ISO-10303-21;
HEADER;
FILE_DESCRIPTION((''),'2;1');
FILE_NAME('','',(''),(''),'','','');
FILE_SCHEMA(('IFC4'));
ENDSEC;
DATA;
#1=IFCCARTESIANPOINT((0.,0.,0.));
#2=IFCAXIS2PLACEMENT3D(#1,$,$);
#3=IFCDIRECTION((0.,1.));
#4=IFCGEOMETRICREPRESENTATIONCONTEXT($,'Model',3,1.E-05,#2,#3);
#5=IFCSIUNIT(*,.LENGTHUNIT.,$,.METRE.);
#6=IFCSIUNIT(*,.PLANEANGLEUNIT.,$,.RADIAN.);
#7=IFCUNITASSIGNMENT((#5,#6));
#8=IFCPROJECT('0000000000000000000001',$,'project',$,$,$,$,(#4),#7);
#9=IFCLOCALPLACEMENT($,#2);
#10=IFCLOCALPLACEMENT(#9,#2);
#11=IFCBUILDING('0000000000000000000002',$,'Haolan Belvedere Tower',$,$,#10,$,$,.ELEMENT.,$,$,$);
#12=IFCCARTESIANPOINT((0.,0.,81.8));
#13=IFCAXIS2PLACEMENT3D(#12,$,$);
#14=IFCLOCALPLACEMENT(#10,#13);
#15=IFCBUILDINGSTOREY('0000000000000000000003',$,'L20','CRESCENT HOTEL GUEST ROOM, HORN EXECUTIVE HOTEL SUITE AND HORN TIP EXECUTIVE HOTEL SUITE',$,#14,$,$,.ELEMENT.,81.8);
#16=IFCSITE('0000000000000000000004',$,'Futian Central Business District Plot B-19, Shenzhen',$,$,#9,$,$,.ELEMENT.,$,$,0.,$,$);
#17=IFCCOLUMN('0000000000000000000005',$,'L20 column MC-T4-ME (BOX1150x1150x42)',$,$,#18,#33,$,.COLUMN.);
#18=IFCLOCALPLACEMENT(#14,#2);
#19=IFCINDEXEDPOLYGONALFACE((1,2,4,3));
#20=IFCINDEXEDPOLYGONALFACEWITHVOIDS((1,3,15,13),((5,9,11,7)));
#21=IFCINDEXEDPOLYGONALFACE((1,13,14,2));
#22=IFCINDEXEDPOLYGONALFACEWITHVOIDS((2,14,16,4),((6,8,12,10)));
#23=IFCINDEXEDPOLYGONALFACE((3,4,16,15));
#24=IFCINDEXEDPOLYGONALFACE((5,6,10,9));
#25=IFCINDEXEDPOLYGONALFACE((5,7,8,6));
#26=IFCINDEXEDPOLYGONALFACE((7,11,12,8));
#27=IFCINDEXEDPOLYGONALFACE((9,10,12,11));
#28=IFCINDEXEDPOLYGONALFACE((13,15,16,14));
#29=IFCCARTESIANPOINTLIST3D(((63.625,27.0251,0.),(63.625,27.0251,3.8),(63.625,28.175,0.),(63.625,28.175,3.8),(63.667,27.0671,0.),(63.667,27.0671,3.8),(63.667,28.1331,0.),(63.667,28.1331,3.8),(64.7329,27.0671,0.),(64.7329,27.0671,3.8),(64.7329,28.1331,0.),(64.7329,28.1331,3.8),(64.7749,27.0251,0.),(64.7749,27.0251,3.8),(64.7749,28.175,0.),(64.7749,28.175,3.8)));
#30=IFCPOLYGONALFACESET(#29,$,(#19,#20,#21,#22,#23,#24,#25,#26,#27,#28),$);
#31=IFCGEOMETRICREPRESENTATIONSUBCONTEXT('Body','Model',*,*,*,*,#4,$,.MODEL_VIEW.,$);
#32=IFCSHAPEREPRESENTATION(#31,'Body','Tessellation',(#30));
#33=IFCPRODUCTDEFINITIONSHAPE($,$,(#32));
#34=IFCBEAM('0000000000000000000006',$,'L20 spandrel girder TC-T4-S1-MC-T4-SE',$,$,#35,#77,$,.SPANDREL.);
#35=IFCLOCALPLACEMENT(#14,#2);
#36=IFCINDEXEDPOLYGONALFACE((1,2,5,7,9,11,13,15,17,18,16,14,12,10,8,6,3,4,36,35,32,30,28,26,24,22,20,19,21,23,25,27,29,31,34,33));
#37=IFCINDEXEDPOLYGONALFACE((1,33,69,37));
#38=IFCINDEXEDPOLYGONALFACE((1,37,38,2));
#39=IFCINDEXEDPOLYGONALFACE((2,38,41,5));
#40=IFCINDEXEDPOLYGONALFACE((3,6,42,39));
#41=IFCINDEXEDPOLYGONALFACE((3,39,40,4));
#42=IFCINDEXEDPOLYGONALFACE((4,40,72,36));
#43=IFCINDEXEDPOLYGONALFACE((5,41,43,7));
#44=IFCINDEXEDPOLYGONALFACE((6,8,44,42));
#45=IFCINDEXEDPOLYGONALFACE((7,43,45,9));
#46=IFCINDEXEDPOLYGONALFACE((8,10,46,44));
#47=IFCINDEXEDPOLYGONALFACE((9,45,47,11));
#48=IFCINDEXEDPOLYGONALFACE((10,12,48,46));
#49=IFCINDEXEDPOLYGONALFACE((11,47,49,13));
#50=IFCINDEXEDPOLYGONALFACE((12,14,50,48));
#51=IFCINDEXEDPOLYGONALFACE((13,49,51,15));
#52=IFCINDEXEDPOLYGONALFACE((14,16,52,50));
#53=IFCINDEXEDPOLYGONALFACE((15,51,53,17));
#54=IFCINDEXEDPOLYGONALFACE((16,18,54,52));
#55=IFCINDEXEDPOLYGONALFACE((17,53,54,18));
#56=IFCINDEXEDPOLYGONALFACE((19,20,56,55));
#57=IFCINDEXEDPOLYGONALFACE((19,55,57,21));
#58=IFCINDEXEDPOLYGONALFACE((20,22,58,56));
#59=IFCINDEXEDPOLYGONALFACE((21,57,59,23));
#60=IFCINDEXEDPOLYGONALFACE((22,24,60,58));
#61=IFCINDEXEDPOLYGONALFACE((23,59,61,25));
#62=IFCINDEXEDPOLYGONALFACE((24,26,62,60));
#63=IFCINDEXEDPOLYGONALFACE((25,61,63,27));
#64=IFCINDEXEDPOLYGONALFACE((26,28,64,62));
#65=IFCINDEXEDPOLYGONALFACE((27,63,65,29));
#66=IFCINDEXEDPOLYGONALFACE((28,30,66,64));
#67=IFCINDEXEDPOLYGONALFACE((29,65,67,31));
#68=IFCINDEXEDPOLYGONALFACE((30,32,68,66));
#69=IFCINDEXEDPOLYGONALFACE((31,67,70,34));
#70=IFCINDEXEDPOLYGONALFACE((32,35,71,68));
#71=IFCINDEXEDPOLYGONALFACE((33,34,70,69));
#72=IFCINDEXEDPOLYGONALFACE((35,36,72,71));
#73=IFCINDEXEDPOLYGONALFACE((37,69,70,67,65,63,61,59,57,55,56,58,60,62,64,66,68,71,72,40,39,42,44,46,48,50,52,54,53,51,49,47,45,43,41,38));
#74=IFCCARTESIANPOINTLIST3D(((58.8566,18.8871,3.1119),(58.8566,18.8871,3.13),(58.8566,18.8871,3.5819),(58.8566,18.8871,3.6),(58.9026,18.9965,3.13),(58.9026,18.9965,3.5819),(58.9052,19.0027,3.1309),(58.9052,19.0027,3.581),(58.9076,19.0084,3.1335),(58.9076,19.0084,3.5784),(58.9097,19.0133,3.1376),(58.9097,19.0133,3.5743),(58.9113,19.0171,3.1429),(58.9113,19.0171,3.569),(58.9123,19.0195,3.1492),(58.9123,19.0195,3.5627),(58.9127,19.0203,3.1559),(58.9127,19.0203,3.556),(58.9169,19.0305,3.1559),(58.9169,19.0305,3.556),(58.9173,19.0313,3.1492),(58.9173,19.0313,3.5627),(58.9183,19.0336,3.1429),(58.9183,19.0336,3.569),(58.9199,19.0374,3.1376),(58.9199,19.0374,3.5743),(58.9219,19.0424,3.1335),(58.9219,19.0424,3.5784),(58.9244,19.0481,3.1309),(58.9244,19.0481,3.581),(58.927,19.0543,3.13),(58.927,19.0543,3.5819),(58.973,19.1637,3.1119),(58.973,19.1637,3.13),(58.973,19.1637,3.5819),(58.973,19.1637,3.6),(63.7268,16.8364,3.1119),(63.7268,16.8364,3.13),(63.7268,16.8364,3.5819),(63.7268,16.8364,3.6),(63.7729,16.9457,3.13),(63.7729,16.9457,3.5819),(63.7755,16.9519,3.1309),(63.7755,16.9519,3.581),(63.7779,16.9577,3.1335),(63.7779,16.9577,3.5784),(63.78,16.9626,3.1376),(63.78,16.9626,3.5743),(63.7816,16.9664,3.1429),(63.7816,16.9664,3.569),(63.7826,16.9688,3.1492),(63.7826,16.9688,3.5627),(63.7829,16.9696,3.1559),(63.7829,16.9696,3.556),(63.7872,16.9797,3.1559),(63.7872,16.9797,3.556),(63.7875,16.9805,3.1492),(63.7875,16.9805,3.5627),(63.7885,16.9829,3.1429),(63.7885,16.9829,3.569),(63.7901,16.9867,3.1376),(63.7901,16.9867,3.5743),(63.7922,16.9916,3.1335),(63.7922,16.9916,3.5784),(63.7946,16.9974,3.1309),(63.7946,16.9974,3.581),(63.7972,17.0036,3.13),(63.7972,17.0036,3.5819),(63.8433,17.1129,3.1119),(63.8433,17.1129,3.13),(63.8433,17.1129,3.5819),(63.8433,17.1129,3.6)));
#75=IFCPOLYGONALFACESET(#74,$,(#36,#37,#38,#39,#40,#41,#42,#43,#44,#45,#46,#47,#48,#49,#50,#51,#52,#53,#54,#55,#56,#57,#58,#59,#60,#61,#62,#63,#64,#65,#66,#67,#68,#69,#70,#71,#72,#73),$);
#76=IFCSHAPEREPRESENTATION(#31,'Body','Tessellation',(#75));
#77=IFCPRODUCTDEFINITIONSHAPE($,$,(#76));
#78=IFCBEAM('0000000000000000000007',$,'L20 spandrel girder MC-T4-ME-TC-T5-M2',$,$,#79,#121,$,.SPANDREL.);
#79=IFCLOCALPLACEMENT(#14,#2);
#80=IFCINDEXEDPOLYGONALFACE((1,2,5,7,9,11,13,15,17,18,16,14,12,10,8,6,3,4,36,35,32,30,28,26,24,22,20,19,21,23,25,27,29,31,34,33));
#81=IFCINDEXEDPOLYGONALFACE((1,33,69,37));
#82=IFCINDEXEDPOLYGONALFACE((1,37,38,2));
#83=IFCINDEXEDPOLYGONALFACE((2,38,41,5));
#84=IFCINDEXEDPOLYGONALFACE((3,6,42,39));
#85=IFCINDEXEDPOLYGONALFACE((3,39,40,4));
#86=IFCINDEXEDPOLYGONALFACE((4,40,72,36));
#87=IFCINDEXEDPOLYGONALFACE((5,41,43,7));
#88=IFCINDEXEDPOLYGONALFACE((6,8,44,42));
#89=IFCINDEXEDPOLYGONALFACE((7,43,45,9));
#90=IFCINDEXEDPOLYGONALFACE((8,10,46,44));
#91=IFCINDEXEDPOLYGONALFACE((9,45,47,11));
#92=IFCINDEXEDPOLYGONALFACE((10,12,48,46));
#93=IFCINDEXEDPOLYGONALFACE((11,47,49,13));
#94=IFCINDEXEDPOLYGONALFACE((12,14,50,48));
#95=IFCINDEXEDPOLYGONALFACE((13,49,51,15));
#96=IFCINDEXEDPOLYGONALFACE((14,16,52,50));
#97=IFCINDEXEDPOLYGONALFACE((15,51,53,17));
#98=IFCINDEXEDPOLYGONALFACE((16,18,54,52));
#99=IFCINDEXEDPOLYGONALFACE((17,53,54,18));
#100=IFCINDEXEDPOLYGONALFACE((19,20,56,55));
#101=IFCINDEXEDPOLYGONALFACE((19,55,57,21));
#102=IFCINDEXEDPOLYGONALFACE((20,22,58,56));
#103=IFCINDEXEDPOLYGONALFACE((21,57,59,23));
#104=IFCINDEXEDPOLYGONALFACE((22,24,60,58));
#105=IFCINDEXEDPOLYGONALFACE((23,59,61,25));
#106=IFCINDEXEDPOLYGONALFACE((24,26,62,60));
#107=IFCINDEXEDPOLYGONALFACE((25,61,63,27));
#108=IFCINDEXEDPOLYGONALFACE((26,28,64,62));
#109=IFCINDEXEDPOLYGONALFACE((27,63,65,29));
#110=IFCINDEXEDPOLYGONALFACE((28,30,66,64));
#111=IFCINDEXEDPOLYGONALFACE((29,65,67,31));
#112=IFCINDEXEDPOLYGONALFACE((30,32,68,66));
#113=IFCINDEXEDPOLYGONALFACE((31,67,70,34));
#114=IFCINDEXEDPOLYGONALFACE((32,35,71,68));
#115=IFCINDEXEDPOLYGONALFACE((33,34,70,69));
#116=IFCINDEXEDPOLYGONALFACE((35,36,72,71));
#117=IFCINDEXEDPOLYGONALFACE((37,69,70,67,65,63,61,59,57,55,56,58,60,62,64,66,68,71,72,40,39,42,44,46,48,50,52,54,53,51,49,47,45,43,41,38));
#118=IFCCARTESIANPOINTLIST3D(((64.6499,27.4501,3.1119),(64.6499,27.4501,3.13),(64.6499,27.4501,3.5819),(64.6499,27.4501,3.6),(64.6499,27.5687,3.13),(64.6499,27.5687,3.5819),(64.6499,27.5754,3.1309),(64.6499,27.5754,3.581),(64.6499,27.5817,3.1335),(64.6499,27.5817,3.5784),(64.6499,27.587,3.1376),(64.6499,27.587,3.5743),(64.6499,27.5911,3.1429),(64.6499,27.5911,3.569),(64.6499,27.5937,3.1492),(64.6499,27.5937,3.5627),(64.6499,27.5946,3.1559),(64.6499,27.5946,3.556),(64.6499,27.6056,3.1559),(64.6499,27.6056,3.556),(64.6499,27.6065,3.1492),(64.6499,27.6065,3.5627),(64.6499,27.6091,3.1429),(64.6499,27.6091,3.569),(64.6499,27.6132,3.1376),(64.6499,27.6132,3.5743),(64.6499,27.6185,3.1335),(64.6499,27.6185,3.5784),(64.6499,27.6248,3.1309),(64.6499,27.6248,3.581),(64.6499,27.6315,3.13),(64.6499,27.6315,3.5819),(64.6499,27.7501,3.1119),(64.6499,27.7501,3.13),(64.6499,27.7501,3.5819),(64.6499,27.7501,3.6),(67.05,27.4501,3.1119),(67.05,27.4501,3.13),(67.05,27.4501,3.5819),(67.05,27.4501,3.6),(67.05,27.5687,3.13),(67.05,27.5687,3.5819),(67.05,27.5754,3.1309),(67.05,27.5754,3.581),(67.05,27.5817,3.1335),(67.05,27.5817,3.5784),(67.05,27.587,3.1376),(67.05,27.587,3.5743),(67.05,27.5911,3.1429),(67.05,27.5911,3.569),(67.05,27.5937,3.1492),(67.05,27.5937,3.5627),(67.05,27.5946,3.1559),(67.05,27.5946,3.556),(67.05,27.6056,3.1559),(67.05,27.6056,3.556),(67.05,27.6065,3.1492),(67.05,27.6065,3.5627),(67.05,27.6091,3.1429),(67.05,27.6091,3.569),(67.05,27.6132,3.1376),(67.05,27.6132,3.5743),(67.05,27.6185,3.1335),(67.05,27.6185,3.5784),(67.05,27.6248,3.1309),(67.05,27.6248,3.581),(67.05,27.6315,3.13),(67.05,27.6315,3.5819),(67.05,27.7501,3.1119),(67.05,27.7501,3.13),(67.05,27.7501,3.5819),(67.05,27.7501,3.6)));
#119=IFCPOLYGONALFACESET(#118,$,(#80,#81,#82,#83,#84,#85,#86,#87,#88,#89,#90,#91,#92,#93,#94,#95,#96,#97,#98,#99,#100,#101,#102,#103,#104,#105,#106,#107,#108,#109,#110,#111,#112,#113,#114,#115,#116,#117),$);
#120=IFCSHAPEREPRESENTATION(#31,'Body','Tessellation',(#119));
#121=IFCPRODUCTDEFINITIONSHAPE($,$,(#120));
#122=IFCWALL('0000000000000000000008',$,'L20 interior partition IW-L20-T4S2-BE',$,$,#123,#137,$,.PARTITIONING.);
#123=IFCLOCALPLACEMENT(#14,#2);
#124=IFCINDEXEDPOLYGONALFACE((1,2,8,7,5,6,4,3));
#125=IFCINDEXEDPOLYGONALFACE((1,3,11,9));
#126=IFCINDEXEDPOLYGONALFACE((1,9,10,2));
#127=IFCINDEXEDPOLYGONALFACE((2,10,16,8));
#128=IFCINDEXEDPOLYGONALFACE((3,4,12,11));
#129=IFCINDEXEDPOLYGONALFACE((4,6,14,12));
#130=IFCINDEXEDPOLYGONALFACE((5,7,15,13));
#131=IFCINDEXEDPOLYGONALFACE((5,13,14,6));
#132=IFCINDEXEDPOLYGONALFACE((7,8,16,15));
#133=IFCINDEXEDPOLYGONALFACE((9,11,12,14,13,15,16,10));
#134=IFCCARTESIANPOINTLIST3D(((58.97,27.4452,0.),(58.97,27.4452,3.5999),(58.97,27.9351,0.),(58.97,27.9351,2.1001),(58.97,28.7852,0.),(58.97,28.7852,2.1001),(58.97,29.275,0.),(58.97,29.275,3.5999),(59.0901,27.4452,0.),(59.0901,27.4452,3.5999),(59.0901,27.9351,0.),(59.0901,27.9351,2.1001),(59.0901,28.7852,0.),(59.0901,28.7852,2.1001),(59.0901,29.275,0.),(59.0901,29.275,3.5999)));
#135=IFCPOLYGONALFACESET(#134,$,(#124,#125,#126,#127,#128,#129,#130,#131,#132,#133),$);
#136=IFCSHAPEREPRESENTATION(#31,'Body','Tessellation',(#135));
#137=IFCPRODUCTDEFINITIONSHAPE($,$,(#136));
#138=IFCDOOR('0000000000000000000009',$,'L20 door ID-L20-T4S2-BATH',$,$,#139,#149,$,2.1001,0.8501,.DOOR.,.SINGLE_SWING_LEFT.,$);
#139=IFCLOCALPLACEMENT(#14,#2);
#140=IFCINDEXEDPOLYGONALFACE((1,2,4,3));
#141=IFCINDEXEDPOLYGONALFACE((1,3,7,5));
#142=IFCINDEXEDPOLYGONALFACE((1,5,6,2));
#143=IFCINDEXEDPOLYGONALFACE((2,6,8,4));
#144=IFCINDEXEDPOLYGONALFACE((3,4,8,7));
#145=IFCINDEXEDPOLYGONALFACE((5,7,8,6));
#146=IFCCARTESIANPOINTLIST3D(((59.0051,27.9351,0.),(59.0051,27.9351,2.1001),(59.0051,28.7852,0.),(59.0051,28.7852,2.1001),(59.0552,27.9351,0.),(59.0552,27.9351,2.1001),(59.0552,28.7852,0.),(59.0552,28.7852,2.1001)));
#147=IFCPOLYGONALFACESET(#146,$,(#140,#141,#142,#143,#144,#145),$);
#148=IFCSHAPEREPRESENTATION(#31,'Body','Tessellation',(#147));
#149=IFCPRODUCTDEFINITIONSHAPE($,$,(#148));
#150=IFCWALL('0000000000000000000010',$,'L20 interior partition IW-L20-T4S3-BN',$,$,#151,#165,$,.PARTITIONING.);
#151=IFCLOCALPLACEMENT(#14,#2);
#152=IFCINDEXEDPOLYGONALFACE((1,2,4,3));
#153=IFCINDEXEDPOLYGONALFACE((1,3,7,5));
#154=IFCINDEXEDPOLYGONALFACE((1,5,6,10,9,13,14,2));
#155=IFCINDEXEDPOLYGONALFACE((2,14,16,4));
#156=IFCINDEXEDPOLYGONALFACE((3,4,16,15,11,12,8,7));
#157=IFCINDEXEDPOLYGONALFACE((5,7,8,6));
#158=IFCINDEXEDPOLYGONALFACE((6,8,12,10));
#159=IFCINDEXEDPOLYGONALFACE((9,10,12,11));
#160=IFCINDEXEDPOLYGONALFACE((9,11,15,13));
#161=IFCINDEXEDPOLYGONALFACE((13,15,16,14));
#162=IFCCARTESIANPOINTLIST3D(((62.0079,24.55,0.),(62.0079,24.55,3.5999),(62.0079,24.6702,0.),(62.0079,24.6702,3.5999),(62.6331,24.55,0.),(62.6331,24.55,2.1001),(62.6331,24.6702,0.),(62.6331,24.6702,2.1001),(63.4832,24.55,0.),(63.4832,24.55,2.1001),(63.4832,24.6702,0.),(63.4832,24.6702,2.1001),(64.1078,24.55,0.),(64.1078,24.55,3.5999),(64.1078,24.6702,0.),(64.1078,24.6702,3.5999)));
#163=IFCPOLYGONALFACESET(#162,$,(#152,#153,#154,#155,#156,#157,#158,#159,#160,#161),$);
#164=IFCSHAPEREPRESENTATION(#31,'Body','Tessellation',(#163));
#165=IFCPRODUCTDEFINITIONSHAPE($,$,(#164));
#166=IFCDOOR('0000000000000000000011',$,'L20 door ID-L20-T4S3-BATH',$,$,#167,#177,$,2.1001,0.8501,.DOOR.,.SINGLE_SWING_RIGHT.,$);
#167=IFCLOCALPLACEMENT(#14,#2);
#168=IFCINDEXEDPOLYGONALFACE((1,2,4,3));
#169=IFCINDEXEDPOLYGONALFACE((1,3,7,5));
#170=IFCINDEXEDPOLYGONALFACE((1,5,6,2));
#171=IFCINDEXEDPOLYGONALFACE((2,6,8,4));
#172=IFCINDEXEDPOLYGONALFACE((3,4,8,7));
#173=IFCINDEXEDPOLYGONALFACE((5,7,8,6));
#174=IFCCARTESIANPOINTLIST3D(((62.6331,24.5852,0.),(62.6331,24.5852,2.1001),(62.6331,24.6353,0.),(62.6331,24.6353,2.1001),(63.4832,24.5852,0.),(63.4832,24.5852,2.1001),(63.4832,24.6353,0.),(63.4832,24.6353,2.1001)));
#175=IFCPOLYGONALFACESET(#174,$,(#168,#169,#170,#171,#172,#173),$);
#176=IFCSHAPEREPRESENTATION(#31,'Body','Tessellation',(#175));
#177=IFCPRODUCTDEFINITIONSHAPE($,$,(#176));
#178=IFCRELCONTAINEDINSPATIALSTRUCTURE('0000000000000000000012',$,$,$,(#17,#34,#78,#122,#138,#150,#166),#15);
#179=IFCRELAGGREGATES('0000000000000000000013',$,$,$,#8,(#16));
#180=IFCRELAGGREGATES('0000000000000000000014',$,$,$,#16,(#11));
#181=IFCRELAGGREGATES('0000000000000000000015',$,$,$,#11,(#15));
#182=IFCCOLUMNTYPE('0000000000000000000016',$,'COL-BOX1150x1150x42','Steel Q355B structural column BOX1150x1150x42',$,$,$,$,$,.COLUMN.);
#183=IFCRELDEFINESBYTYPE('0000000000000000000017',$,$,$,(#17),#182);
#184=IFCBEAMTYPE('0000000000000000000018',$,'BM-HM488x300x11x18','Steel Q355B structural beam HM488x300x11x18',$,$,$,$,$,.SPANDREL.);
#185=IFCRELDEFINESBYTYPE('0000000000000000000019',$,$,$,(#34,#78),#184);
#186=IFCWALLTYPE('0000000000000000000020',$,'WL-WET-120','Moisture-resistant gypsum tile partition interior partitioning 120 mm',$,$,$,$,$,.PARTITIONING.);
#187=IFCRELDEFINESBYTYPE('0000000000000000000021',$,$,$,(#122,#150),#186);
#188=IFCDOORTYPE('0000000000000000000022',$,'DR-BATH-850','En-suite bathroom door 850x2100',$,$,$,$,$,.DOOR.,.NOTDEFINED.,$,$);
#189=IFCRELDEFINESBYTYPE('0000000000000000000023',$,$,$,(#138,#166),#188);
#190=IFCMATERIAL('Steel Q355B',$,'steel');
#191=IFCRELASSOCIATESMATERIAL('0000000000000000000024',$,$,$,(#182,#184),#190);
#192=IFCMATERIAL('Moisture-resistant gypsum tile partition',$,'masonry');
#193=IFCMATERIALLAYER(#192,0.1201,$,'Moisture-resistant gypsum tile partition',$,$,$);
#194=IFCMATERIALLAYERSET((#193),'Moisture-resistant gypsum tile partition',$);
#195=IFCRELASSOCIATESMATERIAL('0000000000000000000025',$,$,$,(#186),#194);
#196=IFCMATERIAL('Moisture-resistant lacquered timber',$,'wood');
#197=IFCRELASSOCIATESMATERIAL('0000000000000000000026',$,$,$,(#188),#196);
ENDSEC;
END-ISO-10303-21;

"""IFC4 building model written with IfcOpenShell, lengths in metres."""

from ifc_helpers import new_model, si_unit, direction, frame, frame_2d, origin, origin_2d, place, context, subcontext, project, spatial, rectangle, hollow_rectangle, i_section, extrude, material, layer, layer_set, material_profile, profile_set, type_object, element, fill, save


model = new_model("IFC4")

# Units and contexts
model_context = context("Model", 3, precision=1e-05, world=origin(), true_north=direction((0.0, 1.0)))
body_context = subcontext(model_context, "Body", "Model", "MODEL_VIEW")
ifc_project = project(units=[si_unit("LENGTHUNIT", "METRE"), si_unit("PLANEANGLEUNIT", "RADIAN")], contexts=[model_context])

# Site, building, storey
site_placement = place(None, origin())
site = spatial("IfcSite", under=ifc_project, at=site_placement, Name="Futian Central Business District Plot B-19, Shenzhen", CompositionType="ELEMENT", RefElevation=0.0)
building_placement = place(site_placement, origin())
building = spatial("IfcBuilding", under=site, at=building_placement, Name="Haolan Belvedere Tower", CompositionType="ELEMENT")
storey_placement = place(building_placement, frame((0.0, 0.0, 81.8)))
storey = spatial("IfcBuildingStorey", under=building, at=storey_placement, Name="L20", Description="CRESCENT HOTEL GUEST ROOM, HORN EXECUTIVE HOTEL SUITE AND HORN TIP EXECUTIVE HOTEL SUITE", CompositionType="ELEMENT", Elevation=81.8)

# Column
ifc_material_1 = material(Name="Steel Q355B", Category="steel")
ifc_material_profile_1 = material_profile(ifc_material_1, hollow_rectangle(XDim=1.1499, YDim=1.1499, WallThickness=0.042, at=origin_2d()), Name="Steel Q355B")
ifc_profile_set_1 = profile_set([ifc_material_profile_1], Name="Steel Q355B")
column_type = type_object("IfcColumnType", Name="COL-BOX1150x1150x42", Description="Steel Q355B structural column BOX1150x1150x42", PredefinedType="COLUMN", material=ifc_profile_set_1)
column_placement = place(storey_placement, frame((64.2, 27.6001, 0.0), z_axis=(0.0, 0.0, 1.0), x_axis=(1.0, 0.0, 0.0)))
element("IfcColumn", 1, at=column_placement, inside=storey, type_object=column_type, Name="L20 column MC-T4-ME (BOX1150x1150x42)", PredefinedType="COLUMN", context=body_context, shape_type="SweptSolid", body=[
    extrude(hollow_rectangle(XDim=1.1499, YDim=1.1499, WallThickness=0.042, at=origin_2d()), origin(), (0.0, 0.0, 1.0), 3.8),
])

# Beams
ifc_material_profile_2 = material_profile(ifc_material_1, i_section(OverallWidth=0.3, OverallDepth=0.488, WebThickness=0.011, FlangeThickness=0.0181, FilletRadius=0.0259, at=origin_2d()), Name="Steel Q355B")
ifc_profile_set_2 = profile_set([ifc_material_profile_2], Name="Steel Q355B")
beam_type = type_object("IfcBeamType", Name="BM-HM488x300x11x18", Description="Steel Q355B structural beam HM488x300x11x18", PredefinedType="SPANDREL", material=ifc_profile_set_2)
beam_1_placement = place(storey_placement, frame((58.9148, 19.0254, 3.356), z_axis=(0.921628, -0.388074, 0.0), x_axis=(0.388074, 0.921628, 0.0)))
element("IfcBeam", 2, at=beam_1_placement, inside=storey, type_object=beam_type, Name="L20 spandrel girder TC-T4-S1-MC-T4-SE", PredefinedType="SPANDREL", context=body_context, shape_type="SweptSolid", body=[
    extrude(i_section(OverallWidth=0.3, OverallDepth=0.488, WebThickness=0.011, FlangeThickness=0.0181, FilletRadius=0.0259, at=origin_2d()), origin(), (0.0, 0.0, 1.0), 5.2844),
])
beam_2_placement = place(storey_placement, frame((64.6499, 27.6001, 3.356), z_axis=(1.0, 0.0, 0.0), x_axis=(0.0, 1.0, 0.0)))
element("IfcBeam", 3, at=beam_2_placement, inside=storey, type_object=beam_type, Name="L20 spandrel girder MC-T4-ME-TC-T5-M2", PredefinedType="SPANDREL", context=body_context, shape_type="SweptSolid", body=[
    extrude(i_section(OverallWidth=0.3, OverallDepth=0.488, WebThickness=0.011, FlangeThickness=0.0181, FilletRadius=0.0259, at=origin_2d()), origin(), (0.0, 0.0, 1.0), 2.4001),
])

# Walls, openings, doors
ifc_material_2 = material(Name="Moisture-resistant gypsum tile partition", Category="masonry")
ifc_layer_1 = layer(ifc_material_2, 0.1201, Name="Moisture-resistant gypsum tile partition")
ifc_layer_set_1 = layer_set([ifc_layer_1], Name="Moisture-resistant gypsum tile partition")
wall_type_1 = type_object("IfcWallType", Name="WL-WET-120", Description="Moisture-resistant gypsum tile partition interior partitioning 120 mm", PredefinedType="PARTITIONING", material=ifc_layer_set_1)
wall_1_placement = place(storey_placement, frame((59.03, 27.4451, 0.0), z_axis=(0.0, 0.0, 1.0), x_axis=(0.0, 1.0, 0.0)))
wall_1 = element("IfcWall", 4, at=wall_1_placement, inside=storey, type_object=wall_type_1, Name="L20 interior partition IW-L20-T4S2-BE", PredefinedType="PARTITIONING", context=body_context, shape_type="SweptSolid", body=[
    extrude(rectangle(XDim=1.8298, YDim=0.1201, at=frame_2d((0.915, 0.0))), origin(), (0.0, 0.0, 1.0), 3.5999),
])
opening_1_placement = place(wall_1_placement, frame((0.49, 0.0, 0.0)))
opening_1 = element("IfcOpeningElement", 5, at=opening_1_placement, cuts=wall_1, PredefinedType="OPENING", context=body_context, shape_type="SweptSolid", body=[
    extrude(rectangle(XDim=0.8501, YDim=2.1001, at=frame_2d((0.425, 1.05))), frame((0.0, 0.0701, 0.0), z_axis=(0.0, -1.0, 0.0), x_axis=(1.0, 0.0, 0.0)), (0.0, 0.0, 1.0), 0.1401),
])
ifc_material_3 = material(Name="Moisture-resistant lacquered timber", Category="wood")
door_type_1 = type_object("IfcDoorType", Name="DR-BATH-850", Description="En-suite bathroom door 850x2100", OperationType="NOTDEFINED", PredefinedType="DOOR", material=ifc_material_3)
door_1_placement = place(opening_1_placement, origin())
door_1 = element("IfcDoor", 6, at=door_1_placement, inside=storey, type_object=door_type_1, Name="L20 door ID-L20-T4S2-BATH", OperationType="SINGLE_SWING_LEFT", OverallHeight=2.1001, OverallWidth=0.8501, PredefinedType="DOOR", context=body_context, shape_type="SweptSolid", body=[
    extrude(rectangle(XDim=0.8501, YDim=2.1001, at=frame_2d((0.425, 1.05))), frame((0.0, 0.0249, 0.0), z_axis=(0.0, -1.0, 0.0), x_axis=(1.0, 0.0, 0.0)), (0.0, 0.0, 1.0), 0.05),
])
fill(opening_1, door_1)
wall_2_placement = place(storey_placement, frame((62.0081, 24.6101, 0.0), z_axis=(0.0, 0.0, 1.0), x_axis=(1.0, 0.0, 0.0)))
wall_2 = element("IfcWall", 7, at=wall_2_placement, inside=storey, type_object=wall_type_1, Name="L20 interior partition IW-L20-T4S3-BN", PredefinedType="PARTITIONING", context=body_context, shape_type="SweptSolid", body=[
    extrude(rectangle(XDim=2.0999, YDim=0.1201, at=frame_2d((1.0498, 0.0))), origin(), (0.0, 0.0, 1.0), 3.5999),
])
opening_2_placement = place(wall_2_placement, frame((1.4751, 0.0, 0.0), z_axis=(0.0, 0.0, 1.0), x_axis=(-1.0, 0.0, 0.0)))
opening_2 = element("IfcOpeningElement", 8, at=opening_2_placement, cuts=wall_2, PredefinedType="OPENING", context=body_context, shape_type="SweptSolid", body=[
    extrude(rectangle(XDim=0.8501, YDim=2.1001, at=frame_2d((0.425, 1.05))), frame((0.0, 0.0701, 0.0), z_axis=(0.0, -1.0, 0.0), x_axis=(1.0, 0.0, 0.0)), (0.0, 0.0, 1.0), 0.1401),
])
door_2_placement = place(opening_2_placement, origin())
door_2 = element("IfcDoor", 9, at=door_2_placement, inside=storey, type_object=door_type_1, Name="L20 door ID-L20-T4S3-BATH", OperationType="SINGLE_SWING_RIGHT", OverallHeight=2.1001, OverallWidth=0.8501, PredefinedType="DOOR", context=body_context, shape_type="SweptSolid", body=[
    extrude(rectangle(XDim=0.8501, YDim=2.1001, at=frame_2d((0.425, 1.05))), frame((0.0, 0.0249, 0.0), z_axis=(0.0, -1.0, 0.0), x_axis=(1.0, 0.0, 0.0)), (0.0, 0.0, 1.0), 0.05),
])
fill(opening_2, door_2)

save(model, "model.ifc")
